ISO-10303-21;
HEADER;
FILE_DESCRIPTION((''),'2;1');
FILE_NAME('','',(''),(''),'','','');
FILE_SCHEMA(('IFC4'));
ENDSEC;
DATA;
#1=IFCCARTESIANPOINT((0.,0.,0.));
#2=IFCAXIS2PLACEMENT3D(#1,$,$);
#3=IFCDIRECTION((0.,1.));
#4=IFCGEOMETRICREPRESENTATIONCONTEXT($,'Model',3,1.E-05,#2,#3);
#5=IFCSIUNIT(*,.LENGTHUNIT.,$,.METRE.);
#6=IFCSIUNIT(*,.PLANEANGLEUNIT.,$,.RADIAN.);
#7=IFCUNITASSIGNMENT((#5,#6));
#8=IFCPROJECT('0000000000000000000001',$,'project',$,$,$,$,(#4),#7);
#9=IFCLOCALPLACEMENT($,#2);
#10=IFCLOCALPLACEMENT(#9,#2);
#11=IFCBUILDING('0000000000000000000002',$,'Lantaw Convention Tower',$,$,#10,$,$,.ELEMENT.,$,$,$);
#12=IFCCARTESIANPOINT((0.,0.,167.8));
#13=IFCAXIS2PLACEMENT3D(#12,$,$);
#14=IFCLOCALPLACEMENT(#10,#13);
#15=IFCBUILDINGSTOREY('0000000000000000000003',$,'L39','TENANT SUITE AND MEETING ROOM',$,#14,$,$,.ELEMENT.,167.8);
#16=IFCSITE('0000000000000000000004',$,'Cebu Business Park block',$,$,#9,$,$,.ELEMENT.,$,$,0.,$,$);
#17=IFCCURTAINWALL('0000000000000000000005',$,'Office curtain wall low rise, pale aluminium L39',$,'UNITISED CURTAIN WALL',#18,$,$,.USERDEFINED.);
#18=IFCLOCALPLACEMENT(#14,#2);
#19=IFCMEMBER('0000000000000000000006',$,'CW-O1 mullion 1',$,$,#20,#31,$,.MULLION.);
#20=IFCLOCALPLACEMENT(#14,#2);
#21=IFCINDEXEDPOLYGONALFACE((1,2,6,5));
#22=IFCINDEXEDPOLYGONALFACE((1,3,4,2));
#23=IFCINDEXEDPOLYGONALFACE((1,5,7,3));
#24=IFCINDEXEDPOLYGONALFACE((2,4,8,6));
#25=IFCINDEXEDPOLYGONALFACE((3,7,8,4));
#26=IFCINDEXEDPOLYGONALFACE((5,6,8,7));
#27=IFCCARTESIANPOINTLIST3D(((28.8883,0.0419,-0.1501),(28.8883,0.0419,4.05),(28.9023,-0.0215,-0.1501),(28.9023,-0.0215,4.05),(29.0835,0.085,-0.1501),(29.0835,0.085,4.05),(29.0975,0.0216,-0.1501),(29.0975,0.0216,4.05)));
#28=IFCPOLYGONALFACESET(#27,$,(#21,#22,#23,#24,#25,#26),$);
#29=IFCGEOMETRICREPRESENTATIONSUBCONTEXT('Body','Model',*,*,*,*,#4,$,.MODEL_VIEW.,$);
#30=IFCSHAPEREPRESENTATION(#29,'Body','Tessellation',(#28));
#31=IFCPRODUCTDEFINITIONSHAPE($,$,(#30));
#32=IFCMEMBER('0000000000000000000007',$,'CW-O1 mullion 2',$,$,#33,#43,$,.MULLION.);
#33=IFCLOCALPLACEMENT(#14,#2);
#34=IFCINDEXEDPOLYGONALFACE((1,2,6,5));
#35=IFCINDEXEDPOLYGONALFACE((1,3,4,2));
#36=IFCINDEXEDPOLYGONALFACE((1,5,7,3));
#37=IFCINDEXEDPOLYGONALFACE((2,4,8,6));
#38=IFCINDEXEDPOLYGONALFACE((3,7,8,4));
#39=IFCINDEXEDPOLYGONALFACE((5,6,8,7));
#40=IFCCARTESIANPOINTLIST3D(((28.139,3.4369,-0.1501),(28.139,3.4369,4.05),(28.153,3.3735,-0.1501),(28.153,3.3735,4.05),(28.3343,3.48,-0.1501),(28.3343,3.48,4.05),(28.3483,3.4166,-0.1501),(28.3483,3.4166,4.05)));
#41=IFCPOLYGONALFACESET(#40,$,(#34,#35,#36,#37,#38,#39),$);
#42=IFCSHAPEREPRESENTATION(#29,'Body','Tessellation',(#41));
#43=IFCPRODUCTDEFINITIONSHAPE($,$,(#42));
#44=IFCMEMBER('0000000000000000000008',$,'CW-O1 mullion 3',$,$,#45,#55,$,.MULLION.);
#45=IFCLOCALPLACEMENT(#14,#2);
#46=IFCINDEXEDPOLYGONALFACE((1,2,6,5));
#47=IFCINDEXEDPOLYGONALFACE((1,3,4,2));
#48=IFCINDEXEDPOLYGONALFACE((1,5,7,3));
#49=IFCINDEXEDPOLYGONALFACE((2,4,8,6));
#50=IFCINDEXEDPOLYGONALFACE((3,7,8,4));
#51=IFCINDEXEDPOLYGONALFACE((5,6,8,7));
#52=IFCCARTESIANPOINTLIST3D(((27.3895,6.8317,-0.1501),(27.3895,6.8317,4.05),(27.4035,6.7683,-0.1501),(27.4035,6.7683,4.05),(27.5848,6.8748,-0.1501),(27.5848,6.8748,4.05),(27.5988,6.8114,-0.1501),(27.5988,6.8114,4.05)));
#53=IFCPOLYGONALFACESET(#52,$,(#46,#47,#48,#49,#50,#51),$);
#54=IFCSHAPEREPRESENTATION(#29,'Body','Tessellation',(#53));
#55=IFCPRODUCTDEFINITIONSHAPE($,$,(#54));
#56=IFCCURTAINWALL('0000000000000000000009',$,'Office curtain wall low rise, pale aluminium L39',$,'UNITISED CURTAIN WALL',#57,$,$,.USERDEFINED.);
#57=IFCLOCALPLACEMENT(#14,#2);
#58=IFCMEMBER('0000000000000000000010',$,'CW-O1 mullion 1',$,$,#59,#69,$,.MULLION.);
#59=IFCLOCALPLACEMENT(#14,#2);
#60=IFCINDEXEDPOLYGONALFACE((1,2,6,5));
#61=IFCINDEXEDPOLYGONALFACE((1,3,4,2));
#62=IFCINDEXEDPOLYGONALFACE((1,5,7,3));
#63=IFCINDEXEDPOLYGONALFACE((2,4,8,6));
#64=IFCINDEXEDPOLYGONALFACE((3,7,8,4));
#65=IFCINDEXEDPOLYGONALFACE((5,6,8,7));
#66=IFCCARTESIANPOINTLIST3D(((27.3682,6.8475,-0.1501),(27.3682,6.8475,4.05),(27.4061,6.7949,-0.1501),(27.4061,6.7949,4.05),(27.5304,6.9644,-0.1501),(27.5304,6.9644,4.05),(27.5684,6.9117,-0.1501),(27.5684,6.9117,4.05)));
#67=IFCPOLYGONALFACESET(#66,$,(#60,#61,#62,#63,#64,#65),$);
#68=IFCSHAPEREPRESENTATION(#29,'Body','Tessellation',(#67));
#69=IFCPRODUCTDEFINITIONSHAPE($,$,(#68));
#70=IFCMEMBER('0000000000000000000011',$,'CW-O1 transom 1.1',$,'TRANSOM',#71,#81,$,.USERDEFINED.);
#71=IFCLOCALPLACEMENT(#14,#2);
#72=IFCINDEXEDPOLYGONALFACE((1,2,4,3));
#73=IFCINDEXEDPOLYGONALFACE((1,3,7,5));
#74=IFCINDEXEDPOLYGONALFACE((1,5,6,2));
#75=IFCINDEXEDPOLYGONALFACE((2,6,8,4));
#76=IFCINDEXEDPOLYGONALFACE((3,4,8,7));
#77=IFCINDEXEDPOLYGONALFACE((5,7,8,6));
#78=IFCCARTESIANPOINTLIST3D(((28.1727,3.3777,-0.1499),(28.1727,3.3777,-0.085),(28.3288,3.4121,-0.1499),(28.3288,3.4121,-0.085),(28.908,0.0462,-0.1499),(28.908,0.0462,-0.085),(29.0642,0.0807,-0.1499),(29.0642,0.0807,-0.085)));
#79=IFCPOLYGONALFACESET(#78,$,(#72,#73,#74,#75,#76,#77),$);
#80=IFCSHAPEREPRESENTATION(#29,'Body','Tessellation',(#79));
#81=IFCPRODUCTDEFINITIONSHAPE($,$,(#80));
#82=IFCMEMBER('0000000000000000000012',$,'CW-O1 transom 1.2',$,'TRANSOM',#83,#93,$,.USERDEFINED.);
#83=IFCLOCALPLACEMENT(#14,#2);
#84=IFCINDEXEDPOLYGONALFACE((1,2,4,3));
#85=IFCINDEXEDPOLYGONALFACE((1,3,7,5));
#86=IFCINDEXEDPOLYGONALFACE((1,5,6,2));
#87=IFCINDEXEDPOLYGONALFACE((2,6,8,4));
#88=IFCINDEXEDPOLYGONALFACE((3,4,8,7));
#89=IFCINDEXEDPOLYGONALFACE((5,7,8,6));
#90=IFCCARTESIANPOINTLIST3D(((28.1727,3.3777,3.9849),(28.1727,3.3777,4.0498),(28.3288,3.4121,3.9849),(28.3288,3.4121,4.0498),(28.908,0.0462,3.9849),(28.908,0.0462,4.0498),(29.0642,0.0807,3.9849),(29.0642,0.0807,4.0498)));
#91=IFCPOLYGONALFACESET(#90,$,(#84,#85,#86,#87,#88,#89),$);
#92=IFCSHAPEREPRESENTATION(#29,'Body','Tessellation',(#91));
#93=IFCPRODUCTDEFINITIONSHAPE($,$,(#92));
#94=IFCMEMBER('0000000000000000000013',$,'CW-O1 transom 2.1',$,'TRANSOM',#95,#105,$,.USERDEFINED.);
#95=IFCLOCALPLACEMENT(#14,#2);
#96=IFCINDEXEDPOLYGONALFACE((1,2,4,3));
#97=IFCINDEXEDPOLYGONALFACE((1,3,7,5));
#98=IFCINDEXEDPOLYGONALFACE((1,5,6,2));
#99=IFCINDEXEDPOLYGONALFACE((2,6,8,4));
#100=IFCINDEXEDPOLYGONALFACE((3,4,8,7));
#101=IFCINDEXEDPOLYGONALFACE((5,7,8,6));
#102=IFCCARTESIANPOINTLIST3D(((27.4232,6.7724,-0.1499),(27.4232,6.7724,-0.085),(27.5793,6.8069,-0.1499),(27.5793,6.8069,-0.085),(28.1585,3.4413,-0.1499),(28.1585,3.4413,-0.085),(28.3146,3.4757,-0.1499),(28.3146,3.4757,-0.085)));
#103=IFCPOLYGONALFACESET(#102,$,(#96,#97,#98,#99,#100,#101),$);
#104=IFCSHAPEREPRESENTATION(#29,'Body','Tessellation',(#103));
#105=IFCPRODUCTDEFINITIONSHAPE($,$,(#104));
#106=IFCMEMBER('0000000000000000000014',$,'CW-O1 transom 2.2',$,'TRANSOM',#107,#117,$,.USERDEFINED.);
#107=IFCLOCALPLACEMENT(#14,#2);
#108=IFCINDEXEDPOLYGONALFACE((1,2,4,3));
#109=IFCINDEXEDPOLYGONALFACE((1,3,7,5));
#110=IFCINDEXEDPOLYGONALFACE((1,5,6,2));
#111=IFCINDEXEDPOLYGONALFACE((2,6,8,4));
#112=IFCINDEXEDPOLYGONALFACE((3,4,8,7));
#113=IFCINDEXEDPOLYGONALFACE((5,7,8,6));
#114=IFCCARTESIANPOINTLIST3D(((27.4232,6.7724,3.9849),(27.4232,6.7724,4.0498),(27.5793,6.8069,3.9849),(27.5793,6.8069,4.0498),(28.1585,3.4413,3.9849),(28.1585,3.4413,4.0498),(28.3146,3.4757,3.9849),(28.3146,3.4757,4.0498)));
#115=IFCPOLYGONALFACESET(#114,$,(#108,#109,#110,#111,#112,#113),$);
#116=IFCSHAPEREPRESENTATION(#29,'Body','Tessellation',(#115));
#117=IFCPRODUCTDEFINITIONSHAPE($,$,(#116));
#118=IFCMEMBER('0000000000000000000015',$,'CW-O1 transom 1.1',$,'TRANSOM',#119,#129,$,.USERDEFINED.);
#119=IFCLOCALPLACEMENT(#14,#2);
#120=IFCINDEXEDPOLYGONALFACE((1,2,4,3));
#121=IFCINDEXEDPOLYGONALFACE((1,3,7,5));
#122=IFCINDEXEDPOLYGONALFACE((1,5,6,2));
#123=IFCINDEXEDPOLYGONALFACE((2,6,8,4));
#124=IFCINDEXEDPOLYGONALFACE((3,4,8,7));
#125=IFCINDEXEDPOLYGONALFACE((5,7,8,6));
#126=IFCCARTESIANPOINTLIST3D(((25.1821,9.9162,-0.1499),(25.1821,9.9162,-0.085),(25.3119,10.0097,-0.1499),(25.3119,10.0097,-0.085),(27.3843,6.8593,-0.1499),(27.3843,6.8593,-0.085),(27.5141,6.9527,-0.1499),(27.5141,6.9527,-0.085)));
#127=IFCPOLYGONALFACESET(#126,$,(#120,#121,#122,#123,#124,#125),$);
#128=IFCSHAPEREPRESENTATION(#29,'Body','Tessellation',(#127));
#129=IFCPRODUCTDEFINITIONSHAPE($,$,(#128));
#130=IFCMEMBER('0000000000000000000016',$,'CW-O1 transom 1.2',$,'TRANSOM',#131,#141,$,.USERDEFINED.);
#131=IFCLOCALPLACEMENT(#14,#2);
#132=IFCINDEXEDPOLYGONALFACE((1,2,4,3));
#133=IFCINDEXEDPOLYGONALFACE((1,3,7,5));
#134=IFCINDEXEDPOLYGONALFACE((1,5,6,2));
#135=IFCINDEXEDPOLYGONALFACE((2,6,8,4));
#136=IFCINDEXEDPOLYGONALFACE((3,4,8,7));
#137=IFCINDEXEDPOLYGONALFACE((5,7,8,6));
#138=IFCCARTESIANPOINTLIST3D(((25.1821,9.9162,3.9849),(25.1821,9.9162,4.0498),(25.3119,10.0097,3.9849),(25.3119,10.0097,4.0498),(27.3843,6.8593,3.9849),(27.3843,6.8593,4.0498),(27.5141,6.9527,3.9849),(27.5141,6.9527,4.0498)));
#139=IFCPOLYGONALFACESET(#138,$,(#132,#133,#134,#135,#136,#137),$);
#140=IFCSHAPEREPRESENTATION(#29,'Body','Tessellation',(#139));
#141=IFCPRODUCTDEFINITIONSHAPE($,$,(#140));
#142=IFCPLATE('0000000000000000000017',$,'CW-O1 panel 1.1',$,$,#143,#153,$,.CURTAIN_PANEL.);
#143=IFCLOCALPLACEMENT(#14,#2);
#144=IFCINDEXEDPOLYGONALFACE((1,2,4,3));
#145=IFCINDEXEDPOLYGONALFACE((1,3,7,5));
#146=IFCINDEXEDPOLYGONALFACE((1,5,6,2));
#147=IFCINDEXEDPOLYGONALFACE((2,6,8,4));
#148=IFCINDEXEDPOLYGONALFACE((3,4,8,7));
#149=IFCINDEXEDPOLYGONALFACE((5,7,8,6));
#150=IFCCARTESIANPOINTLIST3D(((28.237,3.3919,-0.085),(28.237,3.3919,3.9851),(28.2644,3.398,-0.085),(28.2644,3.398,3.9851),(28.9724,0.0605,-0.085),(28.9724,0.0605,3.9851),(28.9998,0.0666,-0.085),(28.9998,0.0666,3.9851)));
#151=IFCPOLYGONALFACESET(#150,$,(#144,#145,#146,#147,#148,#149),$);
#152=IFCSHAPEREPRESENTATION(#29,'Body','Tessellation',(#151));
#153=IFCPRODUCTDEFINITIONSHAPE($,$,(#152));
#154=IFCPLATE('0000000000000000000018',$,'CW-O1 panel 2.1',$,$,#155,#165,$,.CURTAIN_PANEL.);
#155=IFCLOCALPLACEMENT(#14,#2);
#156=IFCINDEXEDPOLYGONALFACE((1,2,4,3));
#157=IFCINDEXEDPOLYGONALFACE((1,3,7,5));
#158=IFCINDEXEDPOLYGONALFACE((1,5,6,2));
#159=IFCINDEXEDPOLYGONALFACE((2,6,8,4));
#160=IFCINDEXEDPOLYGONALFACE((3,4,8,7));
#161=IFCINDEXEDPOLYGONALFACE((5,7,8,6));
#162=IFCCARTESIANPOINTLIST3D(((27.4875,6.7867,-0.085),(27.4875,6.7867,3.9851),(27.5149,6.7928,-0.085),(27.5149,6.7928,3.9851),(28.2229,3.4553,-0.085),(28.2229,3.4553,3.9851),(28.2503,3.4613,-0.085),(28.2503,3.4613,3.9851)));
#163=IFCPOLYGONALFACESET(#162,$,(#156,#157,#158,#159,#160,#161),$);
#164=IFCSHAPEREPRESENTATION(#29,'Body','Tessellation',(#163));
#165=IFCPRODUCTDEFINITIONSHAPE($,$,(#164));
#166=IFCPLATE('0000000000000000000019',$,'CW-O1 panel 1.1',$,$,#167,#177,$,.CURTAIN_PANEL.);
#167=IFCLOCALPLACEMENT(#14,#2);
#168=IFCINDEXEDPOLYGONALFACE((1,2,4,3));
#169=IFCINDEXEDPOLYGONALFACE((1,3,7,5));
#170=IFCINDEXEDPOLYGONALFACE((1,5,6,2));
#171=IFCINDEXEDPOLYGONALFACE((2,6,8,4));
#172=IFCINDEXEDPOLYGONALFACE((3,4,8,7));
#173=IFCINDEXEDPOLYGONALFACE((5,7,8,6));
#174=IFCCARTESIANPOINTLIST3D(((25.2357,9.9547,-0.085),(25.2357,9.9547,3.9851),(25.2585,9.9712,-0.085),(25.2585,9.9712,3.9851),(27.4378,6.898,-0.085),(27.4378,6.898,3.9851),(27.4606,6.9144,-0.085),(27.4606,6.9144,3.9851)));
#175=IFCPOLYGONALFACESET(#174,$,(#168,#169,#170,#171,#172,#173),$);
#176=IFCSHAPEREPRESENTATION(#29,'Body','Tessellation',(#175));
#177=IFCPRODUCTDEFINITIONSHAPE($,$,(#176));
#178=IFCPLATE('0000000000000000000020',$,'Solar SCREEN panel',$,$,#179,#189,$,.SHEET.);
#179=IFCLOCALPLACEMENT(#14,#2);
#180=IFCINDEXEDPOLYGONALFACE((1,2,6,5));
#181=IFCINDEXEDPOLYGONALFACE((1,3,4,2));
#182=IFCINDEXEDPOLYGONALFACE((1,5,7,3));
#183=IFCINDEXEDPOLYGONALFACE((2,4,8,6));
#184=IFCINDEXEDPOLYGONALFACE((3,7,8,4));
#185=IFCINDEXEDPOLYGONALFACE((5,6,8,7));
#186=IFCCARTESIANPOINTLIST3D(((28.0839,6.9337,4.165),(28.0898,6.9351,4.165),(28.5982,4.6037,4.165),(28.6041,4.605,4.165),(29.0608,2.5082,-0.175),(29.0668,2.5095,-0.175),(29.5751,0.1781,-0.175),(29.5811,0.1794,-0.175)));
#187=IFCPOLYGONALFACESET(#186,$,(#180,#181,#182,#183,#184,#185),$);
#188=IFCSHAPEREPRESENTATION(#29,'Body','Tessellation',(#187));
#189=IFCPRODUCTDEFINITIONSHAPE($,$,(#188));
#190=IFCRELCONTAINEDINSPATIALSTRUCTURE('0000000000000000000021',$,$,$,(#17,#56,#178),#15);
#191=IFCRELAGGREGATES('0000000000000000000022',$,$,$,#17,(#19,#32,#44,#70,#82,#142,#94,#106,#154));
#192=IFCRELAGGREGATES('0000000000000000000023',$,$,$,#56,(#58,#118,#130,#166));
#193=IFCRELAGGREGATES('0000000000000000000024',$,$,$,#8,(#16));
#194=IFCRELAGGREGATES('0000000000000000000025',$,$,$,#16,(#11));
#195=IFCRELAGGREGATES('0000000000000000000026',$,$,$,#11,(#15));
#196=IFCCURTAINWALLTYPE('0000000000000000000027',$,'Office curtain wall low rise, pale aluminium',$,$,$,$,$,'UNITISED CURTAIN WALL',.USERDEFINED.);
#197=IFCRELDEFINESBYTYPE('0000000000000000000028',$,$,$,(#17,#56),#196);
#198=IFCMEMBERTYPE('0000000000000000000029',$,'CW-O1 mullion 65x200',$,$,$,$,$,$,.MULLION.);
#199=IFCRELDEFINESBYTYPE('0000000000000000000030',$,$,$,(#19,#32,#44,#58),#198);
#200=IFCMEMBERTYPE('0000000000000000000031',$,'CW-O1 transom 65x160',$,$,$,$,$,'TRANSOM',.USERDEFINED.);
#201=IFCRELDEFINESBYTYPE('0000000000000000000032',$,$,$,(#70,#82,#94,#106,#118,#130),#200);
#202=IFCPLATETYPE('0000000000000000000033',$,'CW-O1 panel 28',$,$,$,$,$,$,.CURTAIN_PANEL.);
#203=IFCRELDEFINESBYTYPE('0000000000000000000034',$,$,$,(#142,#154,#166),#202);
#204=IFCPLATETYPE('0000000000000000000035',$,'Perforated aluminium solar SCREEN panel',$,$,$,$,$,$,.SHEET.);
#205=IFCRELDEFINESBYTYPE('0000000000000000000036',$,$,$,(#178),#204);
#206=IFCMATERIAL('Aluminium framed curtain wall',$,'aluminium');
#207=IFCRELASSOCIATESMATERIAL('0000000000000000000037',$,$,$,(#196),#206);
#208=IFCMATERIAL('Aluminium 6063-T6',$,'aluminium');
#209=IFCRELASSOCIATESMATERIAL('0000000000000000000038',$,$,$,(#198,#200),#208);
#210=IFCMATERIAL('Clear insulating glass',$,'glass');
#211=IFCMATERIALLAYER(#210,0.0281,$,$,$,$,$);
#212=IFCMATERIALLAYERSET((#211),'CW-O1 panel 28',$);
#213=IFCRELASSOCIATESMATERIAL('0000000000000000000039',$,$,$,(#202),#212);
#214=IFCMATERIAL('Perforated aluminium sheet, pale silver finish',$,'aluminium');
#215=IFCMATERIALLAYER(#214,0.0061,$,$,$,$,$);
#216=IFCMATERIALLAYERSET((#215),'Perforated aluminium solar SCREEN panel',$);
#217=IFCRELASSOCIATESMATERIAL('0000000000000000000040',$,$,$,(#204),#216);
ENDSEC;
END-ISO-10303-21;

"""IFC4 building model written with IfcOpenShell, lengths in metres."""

from ifc_helpers import new_model, si_unit, direction, frame, origin, origin_2d, place, context, subcontext, project, spatial, polyline, rectangle, outline, extrude, material, layer, layer_set, material_profile, profile_set, type_object, element, aggregate, save


model = new_model("IFC4")

# Units and contexts
model_context = context("Model", 3, precision=1e-05, world=origin(), true_north=direction((0.0, 1.0)))
body_context = subcontext(model_context, "Body", "Model", "MODEL_VIEW")
ifc_project = project(units=[si_unit("LENGTHUNIT", "METRE"), si_unit("PLANEANGLEUNIT", "RADIAN")], contexts=[model_context])

# Site, building, storey
site_placement = place(None, origin())
site = spatial("IfcSite", under=ifc_project, at=site_placement, Name="Cebu Business Park block", CompositionType="ELEMENT", RefElevation=0.0)
building_placement = place(site_placement, origin())
building = spatial("IfcBuilding", under=site, at=building_placement, Name="Lantaw Convention Tower", CompositionType="ELEMENT")
storey_placement = place(building_placement, frame((0.0, 0.0, 167.8)))
storey = spatial("IfcBuildingStorey", under=building, at=storey_placement, Name="L39", Description="TENANT SUITE AND MEETING ROOM", CompositionType="ELEMENT", Elevation=167.8)

# Curtain wall, members
ifc_material_1 = material(Name="Aluminium framed curtain wall", Category="aluminium")
curtain_wall_type = type_object("IfcCurtainWallType", Name="Office curtain wall low rise, pale aluminium", ElementType="UNITISED CURTAIN WALL", PredefinedType="USERDEFINED", material=ifc_material_1)
curtain_wall_1_placement = place(storey_placement, origin())
curtain_wall_1 = element("IfcCurtainWall", 1, at=curtain_wall_1_placement, inside=storey, type_object=curtain_wall_type, Name="Office curtain wall low rise, pale aluminium L39", ObjectType="UNITISED CURTAIN WALL", PredefinedType="USERDEFINED")
ifc_material_2 = material(Name="Aluminium 6063-T6", Category="aluminium")
ifc_material_profile_1 = material_profile(ifc_material_2, rectangle(XDim=0.2, YDim=0.0649, at=origin_2d()), Name="CW-O1 mullion 65x200")
ifc_profile_set_1 = profile_set([ifc_material_profile_1], Name="Aluminium 6063-T6")
member_type_1 = type_object("IfcMemberType", Name="CW-O1 mullion 65x200", PredefinedType="MULLION", material=ifc_profile_set_1)
member_1_placement = place(storey_placement, frame((28.9929, 0.0317, -0.1501), z_axis=(0.0, 0.0, 1.0), x_axis=(-0.976494, -0.215546, 0.0)))
member_1 = element("IfcMember", 2, at=member_1_placement, type_object=member_type_1, Name="CW-O1 mullion 1", PredefinedType="MULLION", context=body_context, shape_type="SweptSolid", body=[
    extrude(rectangle(XDim=0.2, YDim=0.0649, at=origin_2d()), origin(), (0.0, 0.0, 1.0), 4.2002),
])
member_2_placement = place(storey_placement, frame((28.2437, 3.4268, -0.1501), z_axis=(0.0, 0.0, 1.0), x_axis=(-0.976494, -0.215546, 0.0)))
member_2 = element("IfcMember", 3, at=member_2_placement, type_object=member_type_1, Name="CW-O1 mullion 2", PredefinedType="MULLION", context=body_context, shape_type="SweptSolid", body=[
    extrude(rectangle(XDim=0.2, YDim=0.0649, at=origin_2d()), origin(), (0.0, 0.0, 1.0), 4.2002),
])
member_3_placement = place(storey_placement, frame((27.4941, 6.8215, -0.1501), z_axis=(0.0, 0.0, 1.0), x_axis=(-0.976494, -0.215546, 0.0)))
member_3 = element("IfcMember", 4, at=member_3_placement, type_object=member_type_1, Name="CW-O1 mullion 3", PredefinedType="MULLION", context=body_context, shape_type="SweptSolid", body=[
    extrude(rectangle(XDim=0.2, YDim=0.0649, at=origin_2d()), origin(), (0.0, 0.0, 1.0), 4.2002),
])

# Curtain wall, member
curtain_wall_2_placement = place(storey_placement, origin())
curtain_wall_2 = element("IfcCurtainWall", 5, at=curtain_wall_2_placement, inside=storey, type_object=curtain_wall_type, Name="Office curtain wall low rise, pale aluminium L39", ObjectType="UNITISED CURTAIN WALL", PredefinedType="USERDEFINED")
member_4_placement = place(storey_placement, frame((27.4683, 6.8796, -0.1501), z_axis=(0.0, 0.0, 1.0), x_axis=(-0.811385, -0.584513, 0.0)))
member_4 = element("IfcMember", 6, at=member_4_placement, type_object=member_type_1, Name="CW-O1 mullion 1", PredefinedType="MULLION", context=body_context, shape_type="SweptSolid", body=[
    extrude(rectangle(XDim=0.2, YDim=0.0649, at=origin_2d()), origin(), (0.0, 0.0, 1.0), 4.2002),
])

# Members
ifc_material_profile_2 = material_profile(ifc_material_2, rectangle(XDim=0.1599, YDim=0.0649, at=origin_2d()), Name="CW-O1 transom 65x160")
ifc_profile_set_2 = profile_set([ifc_material_profile_2], Name="Aluminium 6063-T6")
member_type_2 = type_object("IfcMemberType", Name="CW-O1 transom 65x160", ElementType="TRANSOM", PredefinedType="USERDEFINED", material=ifc_profile_set_2)
member_5_placement = place(storey_placement, frame((28.9861, 0.0635, -0.1174), z_axis=(-0.215536, 0.976496, 0.0), x_axis=(-0.976496, -0.215536, 0.0)))
member_5 = element("IfcMember", 7, at=member_5_placement, type_object=member_type_2, Name="CW-O1 transom 1.1", ObjectType="TRANSOM", PredefinedType="USERDEFINED", context=body_context, shape_type="SweptSolid", body=[
    extrude(rectangle(XDim=0.1599, YDim=0.0649, at=origin_2d()), origin(), (0.0, 0.0, 1.0), 3.4116),
])
member_6_placement = place(storey_placement, frame((28.9861, 0.0635, 4.0173), z_axis=(-0.215536, 0.976496, 0.0), x_axis=(-0.976496, -0.215536, 0.0)))
member_6 = element("IfcMember", 8, at=member_6_placement, type_object=member_type_2, Name="CW-O1 transom 1.2", ObjectType="TRANSOM", PredefinedType="USERDEFINED", context=body_context, shape_type="SweptSolid", body=[
    extrude(rectangle(XDim=0.1599, YDim=0.0649, at=origin_2d()), origin(), (0.0, 0.0, 1.0), 3.4116),
])
member_7_placement = place(storey_placement, frame((28.2366, 3.4585, -0.1174), z_axis=(-0.215551, 0.976493, 0.0), x_axis=(-0.976493, -0.215551, 0.0)))
member_7 = element("IfcMember", 9, at=member_7_placement, type_object=member_type_2, Name="CW-O1 transom 2.1", ObjectType="TRANSOM", PredefinedType="USERDEFINED", context=body_context, shape_type="SweptSolid", body=[
    extrude(rectangle(XDim=0.1599, YDim=0.0649, at=origin_2d()), origin(), (0.0, 0.0, 1.0), 3.4114),
])
member_8_placement = place(storey_placement, frame((28.2366, 3.4585, 4.0173), z_axis=(-0.215551, 0.976493, 0.0), x_axis=(-0.976493, -0.215551, 0.0)))
member_8 = element("IfcMember", 10, at=member_8_placement, type_object=member_type_2, Name="CW-O1 transom 2.2", ObjectType="TRANSOM", PredefinedType="USERDEFINED", context=body_context, shape_type="SweptSolid", body=[
    extrude(rectangle(XDim=0.1599, YDim=0.0649, at=origin_2d()), origin(), (0.0, 0.0, 1.0), 3.4114),
])
member_9_placement = place(storey_placement, frame((27.4492, 6.906, -0.1174), z_axis=(-0.584513, 0.811384, 0.0), x_axis=(-0.811384, -0.584513, 0.0)))
member_9 = element("IfcMember", 11, at=member_9_placement, type_object=member_type_2, Name="CW-O1 transom 1.1", ObjectType="TRANSOM", PredefinedType="USERDEFINED", context=body_context, shape_type="SweptSolid", body=[
    extrude(rectangle(XDim=0.1599, YDim=0.0649, at=origin_2d()), origin(), (0.0, 0.0, 1.0), 3.7676),
])
member_10_placement = place(storey_placement, frame((27.4492, 6.906, 4.0173), z_axis=(-0.584513, 0.811384, 0.0), x_axis=(-0.811384, -0.584513, 0.0)))
member_10 = element("IfcMember", 12, at=member_10_placement, type_object=member_type_2, Name="CW-O1 transom 1.2", ObjectType="TRANSOM", PredefinedType="USERDEFINED", context=body_context, shape_type="SweptSolid", body=[
    extrude(rectangle(XDim=0.1599, YDim=0.0649, at=origin_2d()), origin(), (0.0, 0.0, 1.0), 3.7676),
])

# Plates
ifc_material_3 = material(Name="Clear insulating glass", Category="glass")
ifc_layer_1 = layer(ifc_material_3, 0.0281)
ifc_layer_set_1 = layer_set([ifc_layer_1], Name="CW-O1 panel 28")
plate_type_1 = type_object("IfcPlateType", Name="CW-O1 panel 28", PredefinedType="CURTAIN_PANEL", material=ifc_layer_set_1)
plate_1_placement = place(storey_placement, frame((28.6184, 1.7292, -0.085), z_axis=(0.0, 0.0, 1.0), x_axis=(-0.215546, 0.976494, 0.0)))
plate_1 = element("IfcPlate", 13, at=plate_1_placement, type_object=plate_type_1, Name="CW-O1 panel 1.1", PredefinedType="CURTAIN_PANEL", context=body_context, shape_type="SweptSolid", body=[
    extrude(rectangle(XDim=3.4116, YDim=0.0281, at=origin_2d()), origin(), (0.0, 0.0, 1.0), 4.0701),
])
plate_2_placement = place(storey_placement, frame((27.8689, 5.124, -0.085), z_axis=(0.0, 0.0, 1.0), x_axis=(-0.215546, 0.976494, 0.0)))
plate_2 = element("IfcPlate", 14, at=plate_2_placement, type_object=plate_type_1, Name="CW-O1 panel 2.1", PredefinedType="CURTAIN_PANEL", context=body_context, shape_type="SweptSolid", body=[
    extrude(rectangle(XDim=3.4116, YDim=0.0281, at=origin_2d()), origin(), (0.0, 0.0, 1.0), 4.0701),
])
aggregate(curtain_wall_1, [member_1, member_2, member_3, member_5, member_6, plate_1, member_7, member_8, plate_2])
plate_3_placement = place(storey_placement, frame((26.3481, 8.4346, -0.085), z_axis=(0.0, 0.0, 1.0), x_axis=(-0.584513, 0.811385, 0.0)))
plate_3 = element("IfcPlate", 15, at=plate_3_placement, type_object=plate_type_1, Name="CW-O1 panel 1.1", PredefinedType="CURTAIN_PANEL", context=body_context, shape_type="SweptSolid", body=[
    extrude(rectangle(XDim=3.7673, YDim=0.0281, at=origin_2d()), origin(), (0.0, 0.0, 1.0), 4.0701),
])
aggregate(curtain_wall_2, [member_4, member_9, member_10, plate_3])

# Plate
ifc_material_4 = material(Name="Perforated aluminium sheet, pale silver finish", Category="aluminium")
ifc_layer_2 = layer(ifc_material_4, 0.0061)
ifc_layer_set_2 = layer_set([ifc_layer_2], Name="Perforated aluminium solar SCREEN panel")
plate_type_2 = type_object("IfcPlateType", Name="Perforated aluminium solar SCREEN panel", PredefinedType="SHEET", material=ifc_layer_set_2)
plate_4_placement = place(storey_placement, frame((29.5811, 0.1794, -0.175), z_axis=(0.976498, 0.215527, 0.000033), x_axis=(-0.215527, 0.976498, 0.0)))
element("IfcPlate", 16, at=plate_4_placement, inside=storey, type_object=plate_type_2, Name="Solar SCREEN panel", PredefinedType="SHEET", context=body_context, shape_type="SweptSolid", body=[
    extrude(outline(polyline([(0.0, 0.0), (2.3862, 0.0), (6.9182, 4.3401), (4.5321, 4.3401), (0.0, 0.0)])), origin(), (0.0, 0.0, -1.0), 0.0061),
])

save(model, "model.ifc")
